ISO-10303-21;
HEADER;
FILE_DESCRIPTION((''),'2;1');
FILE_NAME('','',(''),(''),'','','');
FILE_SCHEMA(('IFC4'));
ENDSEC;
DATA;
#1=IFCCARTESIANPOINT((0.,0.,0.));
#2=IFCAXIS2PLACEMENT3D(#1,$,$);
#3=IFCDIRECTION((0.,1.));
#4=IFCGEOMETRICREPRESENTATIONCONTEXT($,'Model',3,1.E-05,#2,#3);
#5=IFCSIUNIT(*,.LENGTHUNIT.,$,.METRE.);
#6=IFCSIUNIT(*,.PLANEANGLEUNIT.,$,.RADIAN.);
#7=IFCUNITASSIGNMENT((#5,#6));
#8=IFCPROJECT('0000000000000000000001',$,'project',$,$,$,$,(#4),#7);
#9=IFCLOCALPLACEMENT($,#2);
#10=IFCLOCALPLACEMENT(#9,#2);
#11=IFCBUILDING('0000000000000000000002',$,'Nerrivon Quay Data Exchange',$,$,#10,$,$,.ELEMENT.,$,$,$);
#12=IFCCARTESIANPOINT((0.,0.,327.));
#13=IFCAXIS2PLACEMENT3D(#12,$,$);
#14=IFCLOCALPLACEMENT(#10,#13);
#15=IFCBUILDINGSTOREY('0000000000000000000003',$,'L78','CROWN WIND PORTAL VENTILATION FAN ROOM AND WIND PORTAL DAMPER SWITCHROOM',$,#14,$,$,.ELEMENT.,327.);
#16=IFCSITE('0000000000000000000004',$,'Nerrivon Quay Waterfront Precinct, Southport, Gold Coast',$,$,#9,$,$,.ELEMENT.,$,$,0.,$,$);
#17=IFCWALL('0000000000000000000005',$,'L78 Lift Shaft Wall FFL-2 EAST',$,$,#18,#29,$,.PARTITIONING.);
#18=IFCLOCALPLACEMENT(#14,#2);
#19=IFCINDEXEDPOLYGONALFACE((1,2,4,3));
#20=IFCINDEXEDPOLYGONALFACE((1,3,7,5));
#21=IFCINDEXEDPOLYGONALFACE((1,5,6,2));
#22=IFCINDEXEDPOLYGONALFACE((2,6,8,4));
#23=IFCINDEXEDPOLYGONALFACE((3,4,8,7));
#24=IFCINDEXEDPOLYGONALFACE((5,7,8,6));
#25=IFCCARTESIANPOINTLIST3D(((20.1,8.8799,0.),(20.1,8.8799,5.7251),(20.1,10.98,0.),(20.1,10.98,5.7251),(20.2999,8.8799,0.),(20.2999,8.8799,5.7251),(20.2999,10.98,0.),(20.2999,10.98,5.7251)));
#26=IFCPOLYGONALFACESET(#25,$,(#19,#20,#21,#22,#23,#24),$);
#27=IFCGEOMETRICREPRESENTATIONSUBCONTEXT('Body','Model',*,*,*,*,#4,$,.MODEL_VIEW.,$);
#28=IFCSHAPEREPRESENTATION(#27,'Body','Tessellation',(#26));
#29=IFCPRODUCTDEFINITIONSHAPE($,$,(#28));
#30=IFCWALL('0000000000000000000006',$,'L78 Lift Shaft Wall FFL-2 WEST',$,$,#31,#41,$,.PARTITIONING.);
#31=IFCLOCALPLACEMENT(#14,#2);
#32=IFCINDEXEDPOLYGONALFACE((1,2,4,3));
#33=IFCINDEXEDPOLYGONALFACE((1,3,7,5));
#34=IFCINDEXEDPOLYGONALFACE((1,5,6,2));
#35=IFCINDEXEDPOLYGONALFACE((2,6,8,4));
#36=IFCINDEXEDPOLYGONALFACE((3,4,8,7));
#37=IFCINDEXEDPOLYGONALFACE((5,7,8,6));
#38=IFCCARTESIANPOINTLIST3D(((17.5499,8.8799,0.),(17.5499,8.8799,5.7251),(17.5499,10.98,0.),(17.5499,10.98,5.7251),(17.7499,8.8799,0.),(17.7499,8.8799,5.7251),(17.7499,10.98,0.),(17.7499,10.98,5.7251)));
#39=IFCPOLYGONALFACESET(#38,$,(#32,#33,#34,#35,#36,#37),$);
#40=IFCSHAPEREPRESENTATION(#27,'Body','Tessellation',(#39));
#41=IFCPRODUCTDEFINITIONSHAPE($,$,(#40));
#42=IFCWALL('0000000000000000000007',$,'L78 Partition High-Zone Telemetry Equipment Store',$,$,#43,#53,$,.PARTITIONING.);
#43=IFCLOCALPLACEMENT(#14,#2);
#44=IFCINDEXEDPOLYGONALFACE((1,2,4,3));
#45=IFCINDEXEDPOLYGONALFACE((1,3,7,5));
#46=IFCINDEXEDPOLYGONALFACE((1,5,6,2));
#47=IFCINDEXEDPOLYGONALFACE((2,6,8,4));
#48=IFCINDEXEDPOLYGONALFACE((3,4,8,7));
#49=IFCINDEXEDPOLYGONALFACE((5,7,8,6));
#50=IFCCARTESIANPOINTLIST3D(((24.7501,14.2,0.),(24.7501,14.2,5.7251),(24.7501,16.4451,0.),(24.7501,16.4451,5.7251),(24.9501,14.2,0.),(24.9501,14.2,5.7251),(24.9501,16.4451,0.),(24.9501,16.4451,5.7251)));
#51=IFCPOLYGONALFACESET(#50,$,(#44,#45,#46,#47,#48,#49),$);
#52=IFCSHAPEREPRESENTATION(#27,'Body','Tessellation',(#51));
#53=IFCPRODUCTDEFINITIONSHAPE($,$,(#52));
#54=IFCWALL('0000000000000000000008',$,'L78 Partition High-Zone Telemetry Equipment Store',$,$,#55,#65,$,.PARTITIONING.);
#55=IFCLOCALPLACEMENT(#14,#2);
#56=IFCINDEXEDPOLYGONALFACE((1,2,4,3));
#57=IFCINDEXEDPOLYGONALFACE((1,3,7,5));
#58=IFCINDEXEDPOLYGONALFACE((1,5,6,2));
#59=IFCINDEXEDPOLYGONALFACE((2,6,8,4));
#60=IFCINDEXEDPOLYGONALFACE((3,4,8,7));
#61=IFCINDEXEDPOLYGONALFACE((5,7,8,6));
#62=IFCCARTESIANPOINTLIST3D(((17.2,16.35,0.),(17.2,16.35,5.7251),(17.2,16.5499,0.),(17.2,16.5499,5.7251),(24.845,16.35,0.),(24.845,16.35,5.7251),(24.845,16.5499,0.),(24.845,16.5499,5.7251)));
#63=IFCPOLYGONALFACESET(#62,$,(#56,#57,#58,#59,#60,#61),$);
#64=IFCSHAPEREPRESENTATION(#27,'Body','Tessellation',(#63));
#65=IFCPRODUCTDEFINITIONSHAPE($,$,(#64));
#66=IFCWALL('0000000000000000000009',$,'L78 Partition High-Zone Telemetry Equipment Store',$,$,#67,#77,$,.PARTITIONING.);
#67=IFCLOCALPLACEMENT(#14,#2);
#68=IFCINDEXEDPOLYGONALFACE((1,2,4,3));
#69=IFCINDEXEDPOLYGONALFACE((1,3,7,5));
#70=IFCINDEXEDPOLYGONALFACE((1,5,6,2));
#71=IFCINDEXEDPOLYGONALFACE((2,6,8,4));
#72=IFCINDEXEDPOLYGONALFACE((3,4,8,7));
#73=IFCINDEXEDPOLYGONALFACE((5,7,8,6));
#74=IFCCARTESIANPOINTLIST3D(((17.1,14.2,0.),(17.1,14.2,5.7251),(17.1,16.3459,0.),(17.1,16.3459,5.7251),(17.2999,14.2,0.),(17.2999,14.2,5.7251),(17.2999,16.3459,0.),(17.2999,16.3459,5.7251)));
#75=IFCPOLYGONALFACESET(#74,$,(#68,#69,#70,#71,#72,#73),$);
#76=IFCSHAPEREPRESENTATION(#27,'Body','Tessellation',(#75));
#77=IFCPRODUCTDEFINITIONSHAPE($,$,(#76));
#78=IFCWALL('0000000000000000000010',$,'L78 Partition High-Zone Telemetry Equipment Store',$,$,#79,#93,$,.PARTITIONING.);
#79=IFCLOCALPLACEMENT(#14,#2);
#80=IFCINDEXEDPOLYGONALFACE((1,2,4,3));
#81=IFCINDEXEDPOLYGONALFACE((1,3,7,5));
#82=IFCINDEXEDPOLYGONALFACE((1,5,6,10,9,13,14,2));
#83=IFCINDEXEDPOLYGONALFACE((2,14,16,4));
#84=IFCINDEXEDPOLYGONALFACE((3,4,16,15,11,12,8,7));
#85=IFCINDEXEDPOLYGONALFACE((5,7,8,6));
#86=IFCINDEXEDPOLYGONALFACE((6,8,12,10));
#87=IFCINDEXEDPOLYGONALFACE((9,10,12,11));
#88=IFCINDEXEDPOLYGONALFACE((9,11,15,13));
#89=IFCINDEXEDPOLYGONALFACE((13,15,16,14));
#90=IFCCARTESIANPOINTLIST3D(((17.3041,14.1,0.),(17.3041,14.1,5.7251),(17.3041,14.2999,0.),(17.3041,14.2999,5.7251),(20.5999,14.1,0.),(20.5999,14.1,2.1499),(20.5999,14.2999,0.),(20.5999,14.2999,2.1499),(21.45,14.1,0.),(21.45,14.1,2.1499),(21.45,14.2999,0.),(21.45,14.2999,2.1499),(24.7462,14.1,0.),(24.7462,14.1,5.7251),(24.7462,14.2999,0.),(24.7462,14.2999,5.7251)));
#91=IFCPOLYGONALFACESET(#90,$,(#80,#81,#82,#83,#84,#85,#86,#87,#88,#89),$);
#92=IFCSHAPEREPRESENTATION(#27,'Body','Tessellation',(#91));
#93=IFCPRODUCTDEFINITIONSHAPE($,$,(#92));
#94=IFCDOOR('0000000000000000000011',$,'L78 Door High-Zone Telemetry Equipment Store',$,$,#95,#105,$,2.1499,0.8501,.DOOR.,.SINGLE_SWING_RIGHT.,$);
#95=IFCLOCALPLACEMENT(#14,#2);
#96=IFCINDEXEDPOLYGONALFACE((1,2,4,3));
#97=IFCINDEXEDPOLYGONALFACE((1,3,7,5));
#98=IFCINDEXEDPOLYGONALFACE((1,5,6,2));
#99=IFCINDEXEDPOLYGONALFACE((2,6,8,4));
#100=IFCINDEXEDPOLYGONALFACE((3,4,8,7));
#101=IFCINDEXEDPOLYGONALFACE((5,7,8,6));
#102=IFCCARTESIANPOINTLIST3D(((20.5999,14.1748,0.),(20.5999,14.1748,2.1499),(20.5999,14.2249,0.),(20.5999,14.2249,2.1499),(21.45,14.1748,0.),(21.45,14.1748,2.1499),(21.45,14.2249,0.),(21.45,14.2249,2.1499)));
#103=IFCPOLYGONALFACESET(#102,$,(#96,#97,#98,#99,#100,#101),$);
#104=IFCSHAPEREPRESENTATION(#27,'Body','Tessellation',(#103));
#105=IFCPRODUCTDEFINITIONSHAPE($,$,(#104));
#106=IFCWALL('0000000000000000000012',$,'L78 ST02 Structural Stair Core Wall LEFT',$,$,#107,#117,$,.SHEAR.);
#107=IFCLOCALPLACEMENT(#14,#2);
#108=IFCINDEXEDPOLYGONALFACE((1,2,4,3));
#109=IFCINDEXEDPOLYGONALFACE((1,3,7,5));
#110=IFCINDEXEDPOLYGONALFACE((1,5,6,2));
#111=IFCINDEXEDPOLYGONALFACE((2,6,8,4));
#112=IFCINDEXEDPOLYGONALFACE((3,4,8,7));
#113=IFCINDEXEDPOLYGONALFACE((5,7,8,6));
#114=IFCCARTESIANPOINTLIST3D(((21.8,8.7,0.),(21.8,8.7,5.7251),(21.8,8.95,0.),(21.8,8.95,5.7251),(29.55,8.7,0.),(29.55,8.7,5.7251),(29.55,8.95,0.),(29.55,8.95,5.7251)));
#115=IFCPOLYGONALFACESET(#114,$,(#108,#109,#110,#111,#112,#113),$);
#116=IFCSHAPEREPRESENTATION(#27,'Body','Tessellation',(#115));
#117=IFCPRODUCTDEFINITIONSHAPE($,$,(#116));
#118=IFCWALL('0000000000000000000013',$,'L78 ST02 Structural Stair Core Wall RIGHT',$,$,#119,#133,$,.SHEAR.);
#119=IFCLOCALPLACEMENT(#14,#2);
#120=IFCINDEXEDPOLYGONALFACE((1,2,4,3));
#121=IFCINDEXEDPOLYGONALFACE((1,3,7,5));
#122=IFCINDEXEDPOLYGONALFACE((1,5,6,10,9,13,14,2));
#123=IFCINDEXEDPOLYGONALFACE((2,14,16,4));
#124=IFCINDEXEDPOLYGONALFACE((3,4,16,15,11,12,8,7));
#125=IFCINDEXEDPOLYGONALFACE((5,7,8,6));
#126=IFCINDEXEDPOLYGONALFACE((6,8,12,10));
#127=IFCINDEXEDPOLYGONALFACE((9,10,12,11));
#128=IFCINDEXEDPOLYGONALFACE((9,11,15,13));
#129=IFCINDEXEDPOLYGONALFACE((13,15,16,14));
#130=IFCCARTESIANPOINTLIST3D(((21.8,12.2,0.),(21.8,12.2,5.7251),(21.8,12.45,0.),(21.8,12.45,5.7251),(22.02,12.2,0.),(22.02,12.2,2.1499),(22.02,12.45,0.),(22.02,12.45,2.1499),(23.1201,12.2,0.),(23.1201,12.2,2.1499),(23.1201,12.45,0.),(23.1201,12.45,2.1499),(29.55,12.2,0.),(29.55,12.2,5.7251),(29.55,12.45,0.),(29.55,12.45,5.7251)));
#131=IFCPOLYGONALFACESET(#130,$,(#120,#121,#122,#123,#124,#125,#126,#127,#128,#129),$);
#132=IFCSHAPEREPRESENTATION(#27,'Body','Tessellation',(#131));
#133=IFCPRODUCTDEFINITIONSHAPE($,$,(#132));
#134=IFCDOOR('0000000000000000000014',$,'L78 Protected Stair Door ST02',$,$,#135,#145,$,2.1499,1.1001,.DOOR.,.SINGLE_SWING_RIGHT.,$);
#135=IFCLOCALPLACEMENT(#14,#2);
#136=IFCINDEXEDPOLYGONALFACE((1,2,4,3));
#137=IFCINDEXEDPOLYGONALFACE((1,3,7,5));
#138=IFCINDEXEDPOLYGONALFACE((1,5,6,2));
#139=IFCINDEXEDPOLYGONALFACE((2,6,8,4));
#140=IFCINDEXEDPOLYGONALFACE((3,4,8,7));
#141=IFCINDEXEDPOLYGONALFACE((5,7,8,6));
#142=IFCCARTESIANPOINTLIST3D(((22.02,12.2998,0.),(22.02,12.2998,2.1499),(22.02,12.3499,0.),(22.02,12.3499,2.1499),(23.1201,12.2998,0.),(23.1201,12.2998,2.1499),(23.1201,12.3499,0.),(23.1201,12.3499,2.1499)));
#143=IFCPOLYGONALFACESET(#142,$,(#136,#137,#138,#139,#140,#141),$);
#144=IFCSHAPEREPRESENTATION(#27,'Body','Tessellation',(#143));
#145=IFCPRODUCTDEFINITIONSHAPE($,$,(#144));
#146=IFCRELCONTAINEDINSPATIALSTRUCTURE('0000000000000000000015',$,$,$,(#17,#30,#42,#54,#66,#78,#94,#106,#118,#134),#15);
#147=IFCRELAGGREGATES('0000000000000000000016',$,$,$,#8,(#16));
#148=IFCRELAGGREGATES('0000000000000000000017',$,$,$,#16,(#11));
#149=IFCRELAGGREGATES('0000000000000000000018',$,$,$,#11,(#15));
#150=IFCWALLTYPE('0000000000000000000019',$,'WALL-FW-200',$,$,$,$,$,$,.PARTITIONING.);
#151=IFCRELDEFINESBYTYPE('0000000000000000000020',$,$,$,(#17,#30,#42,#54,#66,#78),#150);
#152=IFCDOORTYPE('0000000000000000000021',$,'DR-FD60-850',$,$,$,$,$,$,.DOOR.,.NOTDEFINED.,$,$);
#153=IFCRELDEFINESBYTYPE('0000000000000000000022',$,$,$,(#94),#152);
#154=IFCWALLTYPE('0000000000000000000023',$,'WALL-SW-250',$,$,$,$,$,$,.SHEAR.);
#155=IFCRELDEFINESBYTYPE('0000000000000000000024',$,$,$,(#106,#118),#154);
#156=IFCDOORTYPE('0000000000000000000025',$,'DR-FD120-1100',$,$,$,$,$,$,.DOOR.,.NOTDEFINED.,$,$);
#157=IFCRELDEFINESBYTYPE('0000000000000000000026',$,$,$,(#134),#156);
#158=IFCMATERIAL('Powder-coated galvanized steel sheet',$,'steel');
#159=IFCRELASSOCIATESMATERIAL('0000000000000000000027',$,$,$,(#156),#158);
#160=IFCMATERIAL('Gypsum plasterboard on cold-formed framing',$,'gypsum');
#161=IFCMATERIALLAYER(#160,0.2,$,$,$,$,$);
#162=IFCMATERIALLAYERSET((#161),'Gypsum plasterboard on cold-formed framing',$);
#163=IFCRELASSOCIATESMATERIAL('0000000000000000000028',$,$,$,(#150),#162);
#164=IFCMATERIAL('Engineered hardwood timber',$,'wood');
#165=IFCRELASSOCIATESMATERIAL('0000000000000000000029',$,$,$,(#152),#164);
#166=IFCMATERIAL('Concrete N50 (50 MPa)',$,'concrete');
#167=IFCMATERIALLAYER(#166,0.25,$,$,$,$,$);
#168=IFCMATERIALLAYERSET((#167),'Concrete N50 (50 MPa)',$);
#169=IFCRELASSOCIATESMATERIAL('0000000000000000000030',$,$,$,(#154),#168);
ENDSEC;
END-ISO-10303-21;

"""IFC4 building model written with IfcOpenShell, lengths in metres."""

from ifc_helpers import new_model, si_unit, direction, frame, frame_2d, origin, place, context, subcontext, project, spatial, rectangle, extrude, material, layer, layer_set, type_object, element, fill, save


model = new_model("IFC4")

# Units and contexts
model_context = context("Model", 3, precision=1e-05, world=origin(), true_north=direction((0.0, 1.0)))
body_context = subcontext(model_context, "Body", "Model", "MODEL_VIEW")
ifc_project = project(units=[si_unit("LENGTHUNIT", "METRE"), si_unit("PLANEANGLEUNIT", "RADIAN")], contexts=[model_context])

# Site, building, storey
site_placement = place(None, origin())
site = spatial("IfcSite", under=ifc_project, at=site_placement, Name="Nerrivon Quay Waterfront Precinct, Southport, Gold Coast", CompositionType="ELEMENT", RefElevation=0.0)
building_placement = place(site_placement, origin())
building = spatial("IfcBuilding", under=site, at=building_placement, Name="Nerrivon Quay Data Exchange", CompositionType="ELEMENT")
storey_placement = place(building_placement, frame((0.0, 0.0, 327.0)))
storey = spatial("IfcBuildingStorey", under=building, at=storey_placement, Name="L78", Description="CROWN WIND PORTAL VENTILATION FAN ROOM AND WIND PORTAL DAMPER SWITCHROOM", CompositionType="ELEMENT", Elevation=327.0)

# Shared definitions
ifc_material_1 = material(Name="Concrete N50 (50 MPa)", Category="concrete")

# Shared definitions
ifc_material_2 = material(Name="Powder-coated galvanized steel sheet", Category="steel")
door_type_1 = type_object("IfcDoorType", Name="DR-FD120-1100", OperationType="NOTDEFINED", PredefinedType="DOOR", material=ifc_material_2)

# Shared definitions
ifc_material_3 = material(Name="Gypsum plasterboard on cold-formed framing", Category="gypsum")
ifc_layer_1 = layer(ifc_material_3, 0.2)
ifc_layer_set_1 = layer_set([ifc_layer_1], Name="Gypsum plasterboard on cold-formed framing")
wall_type_1 = type_object("IfcWallType", Name="WALL-FW-200", PredefinedType="PARTITIONING", material=ifc_layer_set_1)

# Walls
for number, where, z_axis, x_axis, name in (
    (1, (20.2, 8.8799, 0.0), (0.0, 0.0, 1.0), (0.0, 1.0, 0.0), "L78 Lift Shaft Wall FFL-2 EAST"),
    (2, (17.6499, 8.8799, 0.0), (0.0, 0.0, 1.0), (0.0, 1.0, 0.0), "L78 Lift Shaft Wall FFL-2 WEST"),
):
    element("IfcWall", number, at=place(storey_placement, frame(where, z_axis=z_axis, x_axis=x_axis)), inside=storey, type_object=wall_type_1, Name=name, PredefinedType="PARTITIONING", context=body_context, shape_type="SweptSolid", body=[
        extrude(rectangle(XDim=2.1001, YDim=0.2, at=frame_2d((1.05, 0.0))), origin(), (0.0, 0.0, 1.0), 5.7251),
    ])
wall_1_placement = place(storey_placement, frame((24.8501, 14.2, 0.0), z_axis=(0.0, 0.0, 1.0), x_axis=(0.0, 1.0, 0.0)))
element("IfcWall", 3, at=wall_1_placement, inside=storey, type_object=wall_type_1, Name="L78 Partition High-Zone Telemetry Equipment Store", PredefinedType="PARTITIONING", context=body_context, shape_type="SweptSolid", body=[
    extrude(rectangle(XDim=2.2451, YDim=0.2, at=frame_2d((1.1226, 0.0))), origin(), (0.0, 0.0, 1.0), 5.7251),
])
wall_2_placement = place(storey_placement, frame((24.845, 16.45, 0.0), z_axis=(0.0, 0.0, 1.0), x_axis=(-1.0, 0.0, 0.0)))
element("IfcWall", 4, at=wall_2_placement, inside=storey, type_object=wall_type_1, Name="L78 Partition High-Zone Telemetry Equipment Store", PredefinedType="PARTITIONING", context=body_context, shape_type="SweptSolid", body=[
    extrude(rectangle(XDim=7.645, YDim=0.2, at=frame_2d((3.8225, 0.0))), origin(), (0.0, 0.0, 1.0), 5.7251),
])
wall_3_placement = place(storey_placement, frame((17.2, 16.3459, 0.0), z_axis=(0.0, 0.0, 1.0), x_axis=(0.0, -1.0, 0.0)))
element("IfcWall", 5, at=wall_3_placement, inside=storey, type_object=wall_type_1, Name="L78 Partition High-Zone Telemetry Equipment Store", PredefinedType="PARTITIONING", context=body_context, shape_type="SweptSolid", body=[
    extrude(rectangle(XDim=2.146, YDim=0.2, at=frame_2d((1.073, 0.0))), origin(), (0.0, 0.0, 1.0), 5.7251),
])

# Wall, opening, door
wall_4_placement = place(storey_placement, frame((17.304, 14.2, 0.0), z_axis=(0.0, 0.0, 1.0), x_axis=(1.0, 0.0, 0.0)))
wall_4 = element("IfcWall", 6, at=wall_4_placement, inside=storey, type_object=wall_type_1, Name="L78 Partition High-Zone Telemetry Equipment Store", PredefinedType="PARTITIONING", context=body_context, shape_type="SweptSolid", body=[
    extrude(rectangle(XDim=7.4421, YDim=0.2, at=frame_2d((3.7212, 0.0))), origin(), (0.0, 0.0, 1.0), 5.7251),
])
opening_1_placement = place(wall_4_placement, frame((3.2959, 0.0, 0.0)))
opening_1 = element("IfcOpeningElement", 7, at=opening_1_placement, cuts=wall_4, PredefinedType="OPENING", context=body_context, shape_type="SweptSolid", body=[
    extrude(rectangle(XDim=0.8501, YDim=2.1499, at=frame_2d((0.425, 1.075))), frame((0.0, 0.1099, 0.0), z_axis=(0.0, -1.0, 0.0), x_axis=(1.0, 0.0, 0.0)), (0.0, 0.0, 1.0), 0.22),
])
ifc_material_4 = material(Name="Engineered hardwood timber", Category="wood")
door_type_2 = type_object("IfcDoorType", Name="DR-FD60-850", OperationType="NOTDEFINED", PredefinedType="DOOR", material=ifc_material_4)
door_1_placement = place(opening_1_placement, origin())
door_1 = element("IfcDoor", 8, at=door_1_placement, inside=storey, type_object=door_type_2, Name="L78 Door High-Zone Telemetry Equipment Store", OperationType="SINGLE_SWING_RIGHT", OverallHeight=2.1499, OverallWidth=0.8501, PredefinedType="DOOR", context=body_context, shape_type="SweptSolid", body=[
    extrude(rectangle(XDim=0.8501, YDim=2.1499, at=frame_2d((0.425, 1.075))), frame((0.0, 0.0249, 0.0), z_axis=(0.0, -1.0, 0.0), x_axis=(1.0, 0.0, 0.0)), (0.0, 0.0, 1.0), 0.05),
])
fill(opening_1, door_1)

# Wall
ifc_layer_2 = layer(ifc_material_1, 0.25)
ifc_layer_set_2 = layer_set([ifc_layer_2], Name="Concrete N50 (50 MPa)")
wall_type_2 = type_object("IfcWallType", Name="WALL-SW-250", PredefinedType="SHEAR", material=ifc_layer_set_2)
wall_5_placement = place(storey_placement, frame((21.8, 8.825, 0.0), z_axis=(0.0, 0.0, 1.0), x_axis=(1.0, 0.0, 0.0)))
element("IfcWall", 9, at=wall_5_placement, inside=storey, type_object=wall_type_2, Name="L78 ST02 Structural Stair Core Wall LEFT", PredefinedType="SHEAR", context=body_context, shape_type="SweptSolid", body=[
    extrude(rectangle(XDim=7.75, YDim=0.25, at=frame_2d((3.875, 0.0))), origin(), (0.0, 0.0, 1.0), 5.7251),
])

# Wall, opening, door
wall_6_placement = place(storey_placement, frame((21.8, 12.325, 0.0), z_axis=(0.0, 0.0, 1.0), x_axis=(1.0, 0.0, 0.0)))
wall_6 = element("IfcWall", 10, at=wall_6_placement, inside=storey, type_object=wall_type_2, Name="L78 ST02 Structural Stair Core Wall RIGHT", PredefinedType="SHEAR", context=body_context, shape_type="SweptSolid", body=[
    extrude(rectangle(XDim=7.75, YDim=0.25, at=frame_2d((3.875, 0.0))), origin(), (0.0, 0.0, 1.0), 5.7251),
])
opening_2_placement = place(wall_6_placement, frame((0.22, 0.0, 0.0)))
opening_2 = element("IfcOpeningElement", 11, at=opening_2_placement, cuts=wall_6, PredefinedType="OPENING", context=body_context, shape_type="SweptSolid", body=[
    extrude(rectangle(XDim=1.1001, YDim=2.1499, at=frame_2d((0.55, 1.075))), frame((0.0, 0.135, 0.0), z_axis=(0.0, -1.0, 0.0), x_axis=(1.0, 0.0, 0.0)), (0.0, 0.0, 1.0), 0.27),
])
door_2_placement = place(opening_2_placement, origin())
door_2 = element("IfcDoor", 12, at=door_2_placement, inside=storey, type_object=door_type_1, Name="L78 Protected Stair Door ST02", OperationType="SINGLE_SWING_RIGHT", OverallHeight=2.1499, OverallWidth=1.1001, PredefinedType="DOOR", context=body_context, shape_type="SweptSolid", body=[
    extrude(rectangle(XDim=1.1001, YDim=2.1499, at=frame_2d((0.55, 1.075))), frame((0.0, 0.0249, 0.0), z_axis=(0.0, -1.0, 0.0), x_axis=(1.0, 0.0, 0.0)), (0.0, 0.0, 1.0), 0.05),
])
fill(opening_2, door_2)

save(model, "model.ifc")
